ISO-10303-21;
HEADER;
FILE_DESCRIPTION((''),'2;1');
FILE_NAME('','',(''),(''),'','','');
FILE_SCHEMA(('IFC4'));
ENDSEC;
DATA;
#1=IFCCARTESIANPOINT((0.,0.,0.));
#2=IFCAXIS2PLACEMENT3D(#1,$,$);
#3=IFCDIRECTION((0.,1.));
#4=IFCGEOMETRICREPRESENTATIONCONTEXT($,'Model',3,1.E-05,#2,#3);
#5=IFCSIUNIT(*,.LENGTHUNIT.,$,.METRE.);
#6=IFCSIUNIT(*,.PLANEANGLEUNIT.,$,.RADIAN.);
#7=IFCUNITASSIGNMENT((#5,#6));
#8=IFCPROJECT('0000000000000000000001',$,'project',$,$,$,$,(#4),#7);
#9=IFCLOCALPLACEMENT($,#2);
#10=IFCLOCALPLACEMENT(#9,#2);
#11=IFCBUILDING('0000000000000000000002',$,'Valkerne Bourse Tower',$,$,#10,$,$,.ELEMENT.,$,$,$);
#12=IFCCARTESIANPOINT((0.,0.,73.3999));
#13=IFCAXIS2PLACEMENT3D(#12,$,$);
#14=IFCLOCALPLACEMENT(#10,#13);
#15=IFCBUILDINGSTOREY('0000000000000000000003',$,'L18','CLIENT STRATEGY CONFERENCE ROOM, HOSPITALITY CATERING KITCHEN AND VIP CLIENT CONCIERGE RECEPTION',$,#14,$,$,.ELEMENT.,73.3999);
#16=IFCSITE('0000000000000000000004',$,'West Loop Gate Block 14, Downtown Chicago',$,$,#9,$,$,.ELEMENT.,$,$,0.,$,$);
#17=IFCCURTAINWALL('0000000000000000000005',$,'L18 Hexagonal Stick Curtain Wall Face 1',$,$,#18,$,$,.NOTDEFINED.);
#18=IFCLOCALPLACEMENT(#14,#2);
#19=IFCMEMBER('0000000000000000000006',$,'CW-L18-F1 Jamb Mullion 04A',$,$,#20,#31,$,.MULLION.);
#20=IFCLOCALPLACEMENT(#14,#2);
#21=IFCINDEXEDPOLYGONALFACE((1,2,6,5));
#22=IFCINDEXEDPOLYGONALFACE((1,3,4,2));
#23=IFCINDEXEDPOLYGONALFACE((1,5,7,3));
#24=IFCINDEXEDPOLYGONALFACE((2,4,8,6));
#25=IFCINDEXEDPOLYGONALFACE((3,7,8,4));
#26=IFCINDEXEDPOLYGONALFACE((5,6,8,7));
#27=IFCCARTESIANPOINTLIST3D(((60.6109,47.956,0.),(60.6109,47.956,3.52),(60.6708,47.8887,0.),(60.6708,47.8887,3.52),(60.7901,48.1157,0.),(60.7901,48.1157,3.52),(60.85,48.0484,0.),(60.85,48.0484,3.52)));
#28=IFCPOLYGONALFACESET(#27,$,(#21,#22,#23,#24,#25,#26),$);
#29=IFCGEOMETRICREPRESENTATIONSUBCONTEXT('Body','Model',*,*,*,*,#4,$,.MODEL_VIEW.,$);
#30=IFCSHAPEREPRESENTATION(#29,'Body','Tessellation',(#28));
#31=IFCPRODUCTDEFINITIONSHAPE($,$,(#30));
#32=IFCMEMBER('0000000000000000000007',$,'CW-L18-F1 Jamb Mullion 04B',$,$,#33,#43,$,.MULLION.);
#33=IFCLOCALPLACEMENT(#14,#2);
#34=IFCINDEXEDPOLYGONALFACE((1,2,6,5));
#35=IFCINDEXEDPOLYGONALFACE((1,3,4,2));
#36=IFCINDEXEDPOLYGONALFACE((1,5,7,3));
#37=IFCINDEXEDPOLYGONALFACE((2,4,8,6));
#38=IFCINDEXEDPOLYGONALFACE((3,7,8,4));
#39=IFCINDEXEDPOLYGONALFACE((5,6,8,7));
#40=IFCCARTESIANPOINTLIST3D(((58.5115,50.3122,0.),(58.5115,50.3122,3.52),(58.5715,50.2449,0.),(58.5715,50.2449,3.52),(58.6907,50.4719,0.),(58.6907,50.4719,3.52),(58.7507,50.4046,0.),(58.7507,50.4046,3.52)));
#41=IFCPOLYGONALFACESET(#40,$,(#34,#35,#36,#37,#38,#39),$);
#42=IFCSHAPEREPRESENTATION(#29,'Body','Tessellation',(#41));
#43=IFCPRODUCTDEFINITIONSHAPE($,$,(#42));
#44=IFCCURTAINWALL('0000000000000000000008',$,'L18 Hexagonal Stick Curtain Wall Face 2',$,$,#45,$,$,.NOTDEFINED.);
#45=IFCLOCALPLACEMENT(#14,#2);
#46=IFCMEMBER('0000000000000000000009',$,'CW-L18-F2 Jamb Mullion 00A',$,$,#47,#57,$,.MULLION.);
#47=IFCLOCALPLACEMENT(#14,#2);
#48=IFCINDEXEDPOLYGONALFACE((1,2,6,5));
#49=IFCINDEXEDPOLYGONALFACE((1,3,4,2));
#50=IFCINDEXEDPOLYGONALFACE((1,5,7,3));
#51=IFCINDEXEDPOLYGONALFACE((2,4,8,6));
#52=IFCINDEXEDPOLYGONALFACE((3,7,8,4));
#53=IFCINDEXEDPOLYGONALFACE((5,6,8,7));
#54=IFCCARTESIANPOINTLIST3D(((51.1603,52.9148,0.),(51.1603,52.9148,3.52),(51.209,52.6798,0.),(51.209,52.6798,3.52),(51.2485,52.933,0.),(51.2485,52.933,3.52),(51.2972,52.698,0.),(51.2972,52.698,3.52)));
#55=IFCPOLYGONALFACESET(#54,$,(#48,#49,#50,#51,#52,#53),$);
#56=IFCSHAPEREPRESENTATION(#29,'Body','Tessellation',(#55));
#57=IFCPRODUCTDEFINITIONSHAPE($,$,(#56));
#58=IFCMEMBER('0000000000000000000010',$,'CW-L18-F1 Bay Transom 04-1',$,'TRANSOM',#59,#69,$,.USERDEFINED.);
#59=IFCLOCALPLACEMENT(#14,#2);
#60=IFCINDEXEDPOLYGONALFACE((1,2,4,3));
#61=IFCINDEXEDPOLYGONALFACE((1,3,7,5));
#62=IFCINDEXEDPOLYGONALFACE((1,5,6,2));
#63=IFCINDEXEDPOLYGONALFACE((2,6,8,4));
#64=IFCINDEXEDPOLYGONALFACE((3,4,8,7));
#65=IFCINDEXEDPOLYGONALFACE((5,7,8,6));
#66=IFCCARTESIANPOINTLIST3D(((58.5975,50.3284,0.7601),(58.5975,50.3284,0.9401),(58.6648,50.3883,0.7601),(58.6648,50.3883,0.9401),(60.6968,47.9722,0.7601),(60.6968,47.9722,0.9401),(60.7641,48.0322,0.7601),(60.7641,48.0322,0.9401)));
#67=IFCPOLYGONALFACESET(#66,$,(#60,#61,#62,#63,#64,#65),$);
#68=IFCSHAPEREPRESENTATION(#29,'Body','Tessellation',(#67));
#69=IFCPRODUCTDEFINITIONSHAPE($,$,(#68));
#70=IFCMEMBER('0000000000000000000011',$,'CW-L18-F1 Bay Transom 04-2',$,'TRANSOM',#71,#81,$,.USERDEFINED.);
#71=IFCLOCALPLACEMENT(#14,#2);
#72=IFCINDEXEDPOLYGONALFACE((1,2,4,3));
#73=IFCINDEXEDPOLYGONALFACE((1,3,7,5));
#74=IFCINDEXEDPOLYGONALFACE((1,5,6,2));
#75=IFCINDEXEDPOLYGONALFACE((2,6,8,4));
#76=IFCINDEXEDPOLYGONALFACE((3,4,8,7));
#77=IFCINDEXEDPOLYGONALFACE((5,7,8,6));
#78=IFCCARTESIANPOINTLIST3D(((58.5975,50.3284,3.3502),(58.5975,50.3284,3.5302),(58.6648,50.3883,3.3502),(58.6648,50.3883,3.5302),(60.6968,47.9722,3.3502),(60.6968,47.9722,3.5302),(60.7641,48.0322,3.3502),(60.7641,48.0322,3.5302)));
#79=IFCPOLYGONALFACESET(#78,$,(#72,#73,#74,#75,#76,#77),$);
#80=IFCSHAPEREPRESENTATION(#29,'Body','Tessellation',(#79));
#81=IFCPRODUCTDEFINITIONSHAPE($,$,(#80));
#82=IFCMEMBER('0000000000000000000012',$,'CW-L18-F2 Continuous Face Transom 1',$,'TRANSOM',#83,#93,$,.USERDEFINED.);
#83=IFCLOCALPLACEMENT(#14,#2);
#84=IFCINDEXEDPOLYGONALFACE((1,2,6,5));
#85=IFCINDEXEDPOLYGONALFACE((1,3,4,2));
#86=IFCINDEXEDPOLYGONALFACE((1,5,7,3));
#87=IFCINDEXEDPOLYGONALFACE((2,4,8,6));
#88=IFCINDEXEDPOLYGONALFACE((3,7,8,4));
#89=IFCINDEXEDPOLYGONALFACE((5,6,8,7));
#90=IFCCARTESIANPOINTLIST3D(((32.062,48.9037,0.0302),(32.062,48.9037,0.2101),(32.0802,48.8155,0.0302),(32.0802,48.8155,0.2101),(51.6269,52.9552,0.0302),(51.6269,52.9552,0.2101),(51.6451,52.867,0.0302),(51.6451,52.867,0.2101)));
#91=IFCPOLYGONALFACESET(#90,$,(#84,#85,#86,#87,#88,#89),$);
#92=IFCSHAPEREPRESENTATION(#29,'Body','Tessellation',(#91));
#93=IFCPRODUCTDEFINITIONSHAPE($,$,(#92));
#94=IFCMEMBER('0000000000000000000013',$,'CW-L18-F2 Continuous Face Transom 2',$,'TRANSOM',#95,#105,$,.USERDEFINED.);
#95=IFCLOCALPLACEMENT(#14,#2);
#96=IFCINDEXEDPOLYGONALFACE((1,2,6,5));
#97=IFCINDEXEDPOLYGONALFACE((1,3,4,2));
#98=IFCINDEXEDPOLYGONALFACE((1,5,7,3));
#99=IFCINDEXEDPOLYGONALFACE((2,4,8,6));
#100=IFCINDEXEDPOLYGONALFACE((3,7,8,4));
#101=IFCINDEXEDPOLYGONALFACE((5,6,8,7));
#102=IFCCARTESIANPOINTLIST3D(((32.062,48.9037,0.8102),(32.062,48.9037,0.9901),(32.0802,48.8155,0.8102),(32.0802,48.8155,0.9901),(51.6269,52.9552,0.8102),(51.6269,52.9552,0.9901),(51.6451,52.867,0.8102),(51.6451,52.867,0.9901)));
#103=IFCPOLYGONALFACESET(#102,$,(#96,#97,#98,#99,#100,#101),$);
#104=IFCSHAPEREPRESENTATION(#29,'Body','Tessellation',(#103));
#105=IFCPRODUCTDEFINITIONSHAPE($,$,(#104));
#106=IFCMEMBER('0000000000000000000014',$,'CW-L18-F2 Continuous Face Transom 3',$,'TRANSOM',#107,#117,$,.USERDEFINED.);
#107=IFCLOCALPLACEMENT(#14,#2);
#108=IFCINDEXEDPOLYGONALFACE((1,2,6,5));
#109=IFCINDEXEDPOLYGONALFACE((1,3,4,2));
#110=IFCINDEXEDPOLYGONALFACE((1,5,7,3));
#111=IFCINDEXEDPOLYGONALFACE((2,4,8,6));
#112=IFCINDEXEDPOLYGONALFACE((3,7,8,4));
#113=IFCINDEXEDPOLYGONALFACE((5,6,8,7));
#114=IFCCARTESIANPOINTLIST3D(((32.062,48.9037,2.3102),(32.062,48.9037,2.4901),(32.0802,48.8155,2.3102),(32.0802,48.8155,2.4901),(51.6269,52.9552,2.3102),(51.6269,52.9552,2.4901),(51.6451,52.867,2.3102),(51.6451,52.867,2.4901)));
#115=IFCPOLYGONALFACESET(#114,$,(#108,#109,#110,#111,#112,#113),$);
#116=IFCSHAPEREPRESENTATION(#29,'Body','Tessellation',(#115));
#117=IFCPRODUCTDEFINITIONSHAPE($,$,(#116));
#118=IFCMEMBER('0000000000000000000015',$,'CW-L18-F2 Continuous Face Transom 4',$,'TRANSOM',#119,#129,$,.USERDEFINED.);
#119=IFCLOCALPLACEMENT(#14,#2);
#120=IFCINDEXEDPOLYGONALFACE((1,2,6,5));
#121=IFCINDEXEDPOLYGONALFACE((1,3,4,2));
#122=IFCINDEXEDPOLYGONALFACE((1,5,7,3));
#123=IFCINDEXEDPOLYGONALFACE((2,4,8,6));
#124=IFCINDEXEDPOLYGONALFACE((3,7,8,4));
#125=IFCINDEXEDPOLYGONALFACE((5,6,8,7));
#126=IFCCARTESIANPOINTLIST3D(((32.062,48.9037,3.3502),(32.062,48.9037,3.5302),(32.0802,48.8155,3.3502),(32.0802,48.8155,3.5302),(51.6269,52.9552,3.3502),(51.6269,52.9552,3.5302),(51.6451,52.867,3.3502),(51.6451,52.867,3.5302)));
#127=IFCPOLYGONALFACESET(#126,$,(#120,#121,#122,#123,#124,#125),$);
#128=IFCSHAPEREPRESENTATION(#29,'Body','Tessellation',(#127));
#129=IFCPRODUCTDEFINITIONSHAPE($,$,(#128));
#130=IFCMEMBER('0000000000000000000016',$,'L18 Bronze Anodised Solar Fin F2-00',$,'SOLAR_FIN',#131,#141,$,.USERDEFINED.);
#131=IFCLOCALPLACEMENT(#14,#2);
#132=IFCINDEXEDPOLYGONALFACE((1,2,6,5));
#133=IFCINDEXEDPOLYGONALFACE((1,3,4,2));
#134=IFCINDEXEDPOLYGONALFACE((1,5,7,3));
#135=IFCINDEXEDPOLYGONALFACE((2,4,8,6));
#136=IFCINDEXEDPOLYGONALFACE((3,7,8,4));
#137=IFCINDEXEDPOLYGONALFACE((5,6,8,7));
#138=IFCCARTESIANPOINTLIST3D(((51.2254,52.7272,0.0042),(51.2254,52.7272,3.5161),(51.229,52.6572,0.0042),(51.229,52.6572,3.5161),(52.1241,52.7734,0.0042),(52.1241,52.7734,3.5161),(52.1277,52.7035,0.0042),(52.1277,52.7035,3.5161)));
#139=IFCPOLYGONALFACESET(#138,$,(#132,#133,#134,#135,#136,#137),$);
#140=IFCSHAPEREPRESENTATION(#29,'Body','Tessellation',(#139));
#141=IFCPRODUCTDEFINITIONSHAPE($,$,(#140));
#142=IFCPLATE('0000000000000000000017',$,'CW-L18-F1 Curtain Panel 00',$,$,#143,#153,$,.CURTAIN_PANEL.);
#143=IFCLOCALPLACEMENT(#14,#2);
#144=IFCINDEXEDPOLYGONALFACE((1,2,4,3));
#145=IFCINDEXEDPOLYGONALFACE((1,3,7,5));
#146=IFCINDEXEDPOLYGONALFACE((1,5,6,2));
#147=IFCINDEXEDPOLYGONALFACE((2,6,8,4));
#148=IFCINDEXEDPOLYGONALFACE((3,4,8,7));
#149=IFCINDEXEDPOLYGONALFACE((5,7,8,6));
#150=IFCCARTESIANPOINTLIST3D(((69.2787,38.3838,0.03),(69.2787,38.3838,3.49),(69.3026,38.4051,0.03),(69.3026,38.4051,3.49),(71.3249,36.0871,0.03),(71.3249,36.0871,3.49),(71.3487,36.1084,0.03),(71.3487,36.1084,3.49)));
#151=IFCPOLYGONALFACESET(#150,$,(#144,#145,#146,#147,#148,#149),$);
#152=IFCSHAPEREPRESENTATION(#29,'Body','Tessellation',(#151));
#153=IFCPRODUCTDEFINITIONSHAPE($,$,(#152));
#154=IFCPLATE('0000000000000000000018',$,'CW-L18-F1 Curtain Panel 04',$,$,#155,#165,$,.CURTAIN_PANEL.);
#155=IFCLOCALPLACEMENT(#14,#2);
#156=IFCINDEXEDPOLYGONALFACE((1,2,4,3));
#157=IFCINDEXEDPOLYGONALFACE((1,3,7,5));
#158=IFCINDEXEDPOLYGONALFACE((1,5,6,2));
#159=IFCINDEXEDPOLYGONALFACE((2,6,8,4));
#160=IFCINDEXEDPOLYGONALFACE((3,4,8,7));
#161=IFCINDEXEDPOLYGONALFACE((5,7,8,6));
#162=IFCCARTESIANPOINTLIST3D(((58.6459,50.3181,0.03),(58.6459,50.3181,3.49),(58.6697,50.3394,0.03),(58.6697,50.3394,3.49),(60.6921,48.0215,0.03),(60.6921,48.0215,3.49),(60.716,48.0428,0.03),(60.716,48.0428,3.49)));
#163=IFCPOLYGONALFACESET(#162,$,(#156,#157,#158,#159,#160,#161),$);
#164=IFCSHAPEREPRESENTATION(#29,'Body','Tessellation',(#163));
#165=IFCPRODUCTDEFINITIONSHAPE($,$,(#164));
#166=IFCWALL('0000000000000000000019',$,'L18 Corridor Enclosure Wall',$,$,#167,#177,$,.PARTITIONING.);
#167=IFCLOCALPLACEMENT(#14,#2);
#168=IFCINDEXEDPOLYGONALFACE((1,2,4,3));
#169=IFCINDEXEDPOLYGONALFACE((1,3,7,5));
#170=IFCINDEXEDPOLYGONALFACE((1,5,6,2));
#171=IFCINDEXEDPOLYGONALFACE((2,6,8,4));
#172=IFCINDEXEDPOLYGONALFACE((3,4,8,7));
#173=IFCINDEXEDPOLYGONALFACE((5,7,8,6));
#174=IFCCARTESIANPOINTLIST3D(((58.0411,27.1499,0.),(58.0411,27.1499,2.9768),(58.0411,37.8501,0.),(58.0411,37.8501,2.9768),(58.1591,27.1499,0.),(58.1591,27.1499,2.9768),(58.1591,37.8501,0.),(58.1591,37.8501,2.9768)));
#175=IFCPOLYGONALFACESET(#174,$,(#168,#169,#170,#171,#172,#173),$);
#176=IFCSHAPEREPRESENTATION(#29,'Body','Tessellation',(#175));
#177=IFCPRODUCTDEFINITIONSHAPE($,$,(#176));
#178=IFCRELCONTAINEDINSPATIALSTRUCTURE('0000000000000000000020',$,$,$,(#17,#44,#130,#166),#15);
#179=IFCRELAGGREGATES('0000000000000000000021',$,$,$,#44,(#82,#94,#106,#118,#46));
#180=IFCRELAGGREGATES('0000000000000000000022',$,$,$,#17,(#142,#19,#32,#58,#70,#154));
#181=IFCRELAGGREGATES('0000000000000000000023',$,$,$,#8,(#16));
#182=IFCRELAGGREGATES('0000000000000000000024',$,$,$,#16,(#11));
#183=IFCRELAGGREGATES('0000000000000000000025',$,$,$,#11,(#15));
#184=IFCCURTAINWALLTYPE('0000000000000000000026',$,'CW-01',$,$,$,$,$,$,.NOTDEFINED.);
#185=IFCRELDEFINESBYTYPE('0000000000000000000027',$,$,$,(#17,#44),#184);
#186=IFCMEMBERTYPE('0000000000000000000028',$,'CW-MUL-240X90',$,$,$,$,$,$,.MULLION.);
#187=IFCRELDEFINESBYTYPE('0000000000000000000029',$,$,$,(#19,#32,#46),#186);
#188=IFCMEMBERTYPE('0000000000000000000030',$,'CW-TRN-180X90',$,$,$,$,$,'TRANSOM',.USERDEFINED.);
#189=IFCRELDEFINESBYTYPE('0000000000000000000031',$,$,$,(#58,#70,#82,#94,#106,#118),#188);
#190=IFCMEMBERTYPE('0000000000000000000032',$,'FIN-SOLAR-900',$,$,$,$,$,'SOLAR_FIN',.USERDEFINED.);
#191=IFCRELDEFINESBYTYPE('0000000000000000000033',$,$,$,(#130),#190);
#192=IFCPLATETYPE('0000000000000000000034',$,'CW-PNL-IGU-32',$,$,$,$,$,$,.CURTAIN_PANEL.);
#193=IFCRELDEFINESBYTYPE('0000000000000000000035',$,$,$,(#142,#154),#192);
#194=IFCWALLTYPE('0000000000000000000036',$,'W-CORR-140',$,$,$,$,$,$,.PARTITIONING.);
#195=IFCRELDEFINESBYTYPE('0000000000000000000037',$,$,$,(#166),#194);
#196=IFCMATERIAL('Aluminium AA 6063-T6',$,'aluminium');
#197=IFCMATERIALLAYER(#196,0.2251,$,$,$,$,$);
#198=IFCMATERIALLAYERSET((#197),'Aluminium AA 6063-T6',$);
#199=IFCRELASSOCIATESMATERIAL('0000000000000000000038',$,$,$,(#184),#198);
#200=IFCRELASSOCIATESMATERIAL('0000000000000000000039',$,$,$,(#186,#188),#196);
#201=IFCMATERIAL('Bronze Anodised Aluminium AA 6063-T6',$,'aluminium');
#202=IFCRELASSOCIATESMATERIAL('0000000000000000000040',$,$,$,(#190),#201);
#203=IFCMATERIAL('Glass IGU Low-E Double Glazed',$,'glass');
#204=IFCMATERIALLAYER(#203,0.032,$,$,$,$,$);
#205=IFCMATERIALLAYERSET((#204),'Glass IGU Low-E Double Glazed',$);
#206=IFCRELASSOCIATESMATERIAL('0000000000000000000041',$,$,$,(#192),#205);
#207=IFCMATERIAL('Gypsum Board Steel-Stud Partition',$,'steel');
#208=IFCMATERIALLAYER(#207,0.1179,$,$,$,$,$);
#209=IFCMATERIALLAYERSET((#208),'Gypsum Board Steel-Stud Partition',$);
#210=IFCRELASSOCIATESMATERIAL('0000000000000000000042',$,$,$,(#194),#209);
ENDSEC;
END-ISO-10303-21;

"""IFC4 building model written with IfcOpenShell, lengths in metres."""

from ifc_helpers import new_model, si_unit, direction, frame, frame_2d, origin, origin_2d, place, context, subcontext, project, spatial, rectangle, extrude, material, layer, layer_set, material_profile, profile_set, type_object, element, aggregate, save


model = new_model("IFC4")

# Units and contexts
model_context = context("Model", 3, precision=1e-05, world=origin(), true_north=direction((0.0, 1.0)))
body_context = subcontext(model_context, "Body", "Model", "MODEL_VIEW")
ifc_project = project(units=[si_unit("LENGTHUNIT", "METRE"), si_unit("PLANEANGLEUNIT", "RADIAN")], contexts=[model_context])

# Site, building, storey
site_placement = place(None, origin())
site = spatial("IfcSite", under=ifc_project, at=site_placement, Name="West Loop Gate Block 14, Downtown Chicago", CompositionType="ELEMENT", RefElevation=0.0)
building_placement = place(site_placement, origin())
building = spatial("IfcBuilding", under=site, at=building_placement, Name="Valkerne Bourse Tower", CompositionType="ELEMENT")
storey_placement = place(building_placement, frame((0.0, 0.0, 73.3999)))
storey = spatial("IfcBuildingStorey", under=building, at=storey_placement, Name="L18", Description="CLIENT STRATEGY CONFERENCE ROOM, HOSPITALITY CATERING KITCHEN AND VIP CLIENT CONCIERGE RECEPTION", CompositionType="ELEMENT", Elevation=73.3999)

# Curtain wall, members
ifc_material_1 = material(Name="Aluminium AA 6063-T6", Category="aluminium")
ifc_layer_1 = layer(ifc_material_1, 0.2251)
ifc_layer_set_1 = layer_set([ifc_layer_1], Name="Aluminium AA 6063-T6")
curtain_wall_type = type_object("IfcCurtainWallType", Name="CW-01", PredefinedType="NOTDEFINED", material=ifc_layer_set_1)
curtain_wall_1_placement = place(storey_placement, origin())
curtain_wall_1 = element("IfcCurtainWall", 1, at=curtain_wall_1_placement, inside=storey, type_object=curtain_wall_type, Name="L18 Hexagonal Stick Curtain Wall Face 1", PredefinedType="NOTDEFINED")
ifc_material_profile_1 = material_profile(ifc_material_1, rectangle(XDim=0.0901, YDim=0.24, at=origin_2d()), Name="CWM-90X240")
ifc_profile_set_1 = profile_set([ifc_material_profile_1], Name="Aluminium AA 6063-T6")
member_type_1 = type_object("IfcMemberType", Name="CW-MUL-240X90", PredefinedType="MULLION", material=ifc_profile_set_1)
member_1_placement = place(storey_placement, frame((60.7305, 48.0022, 0.0), z_axis=(0.0, 0.0, 1.0), x_axis=(-0.665232, 0.746637, 0.0)))
member_1 = element("IfcMember", 2, at=member_1_placement, type_object=member_type_1, Name="CW-L18-F1 Jamb Mullion 04A", PredefinedType="MULLION", context=body_context, shape_type="SweptSolid", body=[
    extrude(rectangle(XDim=0.0901, YDim=0.24, at=origin_2d()), origin(), (0.0, 0.0, 1.0), 3.52),
])
member_2_placement = place(storey_placement, frame((58.6311, 50.3584, 0.0), z_axis=(0.0, 0.0, 1.0), x_axis=(-0.665232, 0.746637, 0.0)))
member_2 = element("IfcMember", 3, at=member_2_placement, type_object=member_type_1, Name="CW-L18-F1 Jamb Mullion 04B", PredefinedType="MULLION", context=body_context, shape_type="SweptSolid", body=[
    extrude(rectangle(XDim=0.0901, YDim=0.24, at=origin_2d()), origin(), (0.0, 0.0, 1.0), 3.52),
])

# Curtain wall, member
curtain_wall_2_placement = place(storey_placement, origin())
curtain_wall_2 = element("IfcCurtainWall", 4, at=curtain_wall_2_placement, inside=storey, type_object=curtain_wall_type, Name="L18 Hexagonal Stick Curtain Wall Face 2", PredefinedType="NOTDEFINED")
member_3_placement = place(storey_placement, frame((51.2288, 52.8064, 0.0), z_axis=(0.0, 0.0, 1.0), x_axis=(-0.979225, -0.202777, 0.0)))
member_3 = element("IfcMember", 5, at=member_3_placement, type_object=member_type_1, Name="CW-L18-F2 Jamb Mullion 00A", PredefinedType="MULLION", context=body_context, shape_type="SweptSolid", body=[
    extrude(rectangle(XDim=0.0901, YDim=0.24, at=origin_2d()), origin(), (0.0, 0.0, 1.0), 3.52),
])

# Members
ifc_material_profile_2 = material_profile(ifc_material_1, rectangle(XDim=0.0901, YDim=0.1799, at=origin_2d()), Name="CWT-90X180")
ifc_profile_set_2 = profile_set([ifc_material_profile_2], Name="Aluminium AA 6063-T6")
member_type_2 = type_object("IfcMemberType", Name="CW-TRN-180X90", ElementType="TRANSOM", PredefinedType="USERDEFINED", material=ifc_profile_set_2)
member_4_placement = place(storey_placement, frame((60.7305, 48.0022, 0.8501), z_axis=(-0.665242, 0.746628, 0.0), x_axis=(-0.746628, -0.665242, 0.0)))
member_4 = element("IfcMember", 6, at=member_4_placement, type_object=member_type_2, Name="CW-L18-F1 Bay Transom 04-1", ObjectType="TRANSOM", PredefinedType="USERDEFINED", context=body_context, shape_type="SweptSolid", body=[
    extrude(rectangle(XDim=0.0901, YDim=0.1799, at=origin_2d()), origin(), (0.0, 0.0, 1.0), 3.1558),
])
member_5_placement = place(storey_placement, frame((60.7305, 48.0022, 3.4402), z_axis=(-0.665242, 0.746628, 0.0), x_axis=(-0.746628, -0.665242, 0.0)))
member_5 = element("IfcMember", 7, at=member_5_placement, type_object=member_type_2, Name="CW-L18-F1 Bay Transom 04-2", ObjectType="TRANSOM", PredefinedType="USERDEFINED", context=body_context, shape_type="SweptSolid", body=[
    extrude(rectangle(XDim=0.0901, YDim=0.1799, at=origin_2d()), origin(), (0.0, 0.0, 1.0), 3.1558),
])
member_6_placement = place(storey_placement, frame((51.636, 52.9111, 0.1201), z_axis=(-0.979225, -0.202778, 0.0), x_axis=(0.202778, -0.979225, 0.0)))
member_6 = element("IfcMember", 8, at=member_6_placement, type_object=member_type_2, Name="CW-L18-F2 Continuous Face Transom 1", ObjectType="TRANSOM", PredefinedType="USERDEFINED", context=body_context, shape_type="SweptSolid", body=[
    extrude(rectangle(XDim=0.0901, YDim=0.1799, at=origin_2d()), origin(), (0.0, 0.0, 1.0), 19.98),
])
member_7_placement = place(storey_placement, frame((51.636, 52.9111, 0.9001), z_axis=(-0.979225, -0.202778, 0.0), x_axis=(0.202778, -0.979225, 0.0)))
member_7 = element("IfcMember", 9, at=member_7_placement, type_object=member_type_2, Name="CW-L18-F2 Continuous Face Transom 2", ObjectType="TRANSOM", PredefinedType="USERDEFINED", context=body_context, shape_type="SweptSolid", body=[
    extrude(rectangle(XDim=0.0901, YDim=0.1799, at=origin_2d()), origin(), (0.0, 0.0, 1.0), 19.98),
])
member_8_placement = place(storey_placement, frame((51.636, 52.9111, 2.4001), z_axis=(-0.979225, -0.202778, 0.0), x_axis=(0.202778, -0.979225, 0.0)))
member_8 = element("IfcMember", 10, at=member_8_placement, type_object=member_type_2, Name="CW-L18-F2 Continuous Face Transom 3", ObjectType="TRANSOM", PredefinedType="USERDEFINED", context=body_context, shape_type="SweptSolid", body=[
    extrude(rectangle(XDim=0.0901, YDim=0.1799, at=origin_2d()), origin(), (0.0, 0.0, 1.0), 19.98),
])
member_9_placement = place(storey_placement, frame((51.636, 52.9111, 3.4402), z_axis=(-0.979225, -0.202778, 0.0), x_axis=(0.202778, -0.979225, 0.0)))
member_9 = element("IfcMember", 11, at=member_9_placement, type_object=member_type_2, Name="CW-L18-F2 Continuous Face Transom 4", ObjectType="TRANSOM", PredefinedType="USERDEFINED", context=body_context, shape_type="SweptSolid", body=[
    extrude(rectangle(XDim=0.0901, YDim=0.1799, at=origin_2d()), origin(), (0.0, 0.0, 1.0), 19.98),
])
aggregate(curtain_wall_2, [member_6, member_7, member_8, member_9, member_3])
ifc_material_2 = material(Name="Bronze Anodised Aluminium AA 6063-T6", Category="aluminium")
ifc_material_profile_3 = material_profile(ifc_material_2, rectangle(XDim=0.0701, YDim=0.8999, at=origin_2d()), Name="FIN-70X900")
ifc_profile_set_3 = profile_set([ifc_material_profile_3], Name="Bronze Anodised Aluminium AA 6063-T6")
member_type_3 = type_object("IfcMemberType", Name="FIN-SOLAR-900", ElementType="SOLAR_FIN", PredefinedType="USERDEFINED", material=ifc_profile_set_3)
member_10_placement = place(storey_placement, frame((51.6765, 52.7153, 0.0042), z_axis=(0.0, 0.0, 1.0), x_axis=(-0.051397, 0.998678, 0.0)))
element("IfcMember", 12, at=member_10_placement, inside=storey, type_object=member_type_3, Name="L18 Bronze Anodised Solar Fin F2-00", ObjectType="SOLAR_FIN", PredefinedType="USERDEFINED", context=body_context, shape_type="SweptSolid", body=[
    extrude(rectangle(XDim=0.0701, YDim=0.8999, at=origin_2d()), origin(), (0.0, 0.0, 1.0), 3.512),
])

# Plates
ifc_material_3 = material(Name="Glass IGU Low-E Double Glazed", Category="glass")
ifc_layer_2 = layer(ifc_material_3, 0.032)
ifc_layer_set_2 = layer_set([ifc_layer_2], Name="Glass IGU Low-E Double Glazed")
plate_type = type_object("IfcPlateType", Name="CW-PNL-IGU-32", PredefinedType="CURTAIN_PANEL", material=ifc_layer_set_2)
plate_1_placement = place(storey_placement, frame((70.3137, 37.2461, 0.03), z_axis=(0.0, 0.0, 1.0), x_axis=(-0.665218, 0.746649, 0.0)))
plate_1 = element("IfcPlate", 13, at=plate_1_placement, type_object=plate_type, Name="CW-L18-F1 Curtain Panel 00", PredefinedType="CURTAIN_PANEL", context=body_context, shape_type="SweptSolid", body=[
    extrude(rectangle(XDim=3.0759, YDim=0.032, at=origin_2d()), origin(), (0.0, 0.0, 1.0), 3.46),
])
plate_2_placement = place(storey_placement, frame((59.6809, 49.1804, 0.03), z_axis=(0.0, 0.0, 1.0), x_axis=(-0.665232, 0.746637, 0.0)))
plate_2 = element("IfcPlate", 14, at=plate_2_placement, type_object=plate_type, Name="CW-L18-F1 Curtain Panel 04", PredefinedType="CURTAIN_PANEL", context=body_context, shape_type="SweptSolid", body=[
    extrude(rectangle(XDim=3.0759, YDim=0.032, at=origin_2d()), origin(), (0.0, 0.0, 1.0), 3.46),
])
aggregate(curtain_wall_1, [plate_1, member_1, member_2, member_4, member_5, plate_2])

# Wall
ifc_material_4 = material(Name="Gypsum Board Steel-Stud Partition", Category="steel")
ifc_layer_3 = layer(ifc_material_4, 0.1179)
ifc_layer_set_3 = layer_set([ifc_layer_3], Name="Gypsum Board Steel-Stud Partition")
wall_type_1 = type_object("IfcWallType", Name="W-CORR-140", PredefinedType="PARTITIONING", material=ifc_layer_set_3)
wall_1_placement = place(storey_placement, frame((58.1001, 37.8501, 0.0), z_axis=(0.0, 0.0, 1.0), x_axis=(0.0, -1.0, 0.0)))
element("IfcWall", 15, at=wall_1_placement, inside=storey, type_object=wall_type_1, Name="L18 Corridor Enclosure Wall", PredefinedType="PARTITIONING", context=body_context, shape_type="SweptSolid", body=[
    extrude(rectangle(XDim=10.7002, YDim=0.1179, at=frame_2d((5.3501, 0.0))), origin(), (0.0, 0.0, 1.0), 2.9768),
])

save(model, "model.ifc")
